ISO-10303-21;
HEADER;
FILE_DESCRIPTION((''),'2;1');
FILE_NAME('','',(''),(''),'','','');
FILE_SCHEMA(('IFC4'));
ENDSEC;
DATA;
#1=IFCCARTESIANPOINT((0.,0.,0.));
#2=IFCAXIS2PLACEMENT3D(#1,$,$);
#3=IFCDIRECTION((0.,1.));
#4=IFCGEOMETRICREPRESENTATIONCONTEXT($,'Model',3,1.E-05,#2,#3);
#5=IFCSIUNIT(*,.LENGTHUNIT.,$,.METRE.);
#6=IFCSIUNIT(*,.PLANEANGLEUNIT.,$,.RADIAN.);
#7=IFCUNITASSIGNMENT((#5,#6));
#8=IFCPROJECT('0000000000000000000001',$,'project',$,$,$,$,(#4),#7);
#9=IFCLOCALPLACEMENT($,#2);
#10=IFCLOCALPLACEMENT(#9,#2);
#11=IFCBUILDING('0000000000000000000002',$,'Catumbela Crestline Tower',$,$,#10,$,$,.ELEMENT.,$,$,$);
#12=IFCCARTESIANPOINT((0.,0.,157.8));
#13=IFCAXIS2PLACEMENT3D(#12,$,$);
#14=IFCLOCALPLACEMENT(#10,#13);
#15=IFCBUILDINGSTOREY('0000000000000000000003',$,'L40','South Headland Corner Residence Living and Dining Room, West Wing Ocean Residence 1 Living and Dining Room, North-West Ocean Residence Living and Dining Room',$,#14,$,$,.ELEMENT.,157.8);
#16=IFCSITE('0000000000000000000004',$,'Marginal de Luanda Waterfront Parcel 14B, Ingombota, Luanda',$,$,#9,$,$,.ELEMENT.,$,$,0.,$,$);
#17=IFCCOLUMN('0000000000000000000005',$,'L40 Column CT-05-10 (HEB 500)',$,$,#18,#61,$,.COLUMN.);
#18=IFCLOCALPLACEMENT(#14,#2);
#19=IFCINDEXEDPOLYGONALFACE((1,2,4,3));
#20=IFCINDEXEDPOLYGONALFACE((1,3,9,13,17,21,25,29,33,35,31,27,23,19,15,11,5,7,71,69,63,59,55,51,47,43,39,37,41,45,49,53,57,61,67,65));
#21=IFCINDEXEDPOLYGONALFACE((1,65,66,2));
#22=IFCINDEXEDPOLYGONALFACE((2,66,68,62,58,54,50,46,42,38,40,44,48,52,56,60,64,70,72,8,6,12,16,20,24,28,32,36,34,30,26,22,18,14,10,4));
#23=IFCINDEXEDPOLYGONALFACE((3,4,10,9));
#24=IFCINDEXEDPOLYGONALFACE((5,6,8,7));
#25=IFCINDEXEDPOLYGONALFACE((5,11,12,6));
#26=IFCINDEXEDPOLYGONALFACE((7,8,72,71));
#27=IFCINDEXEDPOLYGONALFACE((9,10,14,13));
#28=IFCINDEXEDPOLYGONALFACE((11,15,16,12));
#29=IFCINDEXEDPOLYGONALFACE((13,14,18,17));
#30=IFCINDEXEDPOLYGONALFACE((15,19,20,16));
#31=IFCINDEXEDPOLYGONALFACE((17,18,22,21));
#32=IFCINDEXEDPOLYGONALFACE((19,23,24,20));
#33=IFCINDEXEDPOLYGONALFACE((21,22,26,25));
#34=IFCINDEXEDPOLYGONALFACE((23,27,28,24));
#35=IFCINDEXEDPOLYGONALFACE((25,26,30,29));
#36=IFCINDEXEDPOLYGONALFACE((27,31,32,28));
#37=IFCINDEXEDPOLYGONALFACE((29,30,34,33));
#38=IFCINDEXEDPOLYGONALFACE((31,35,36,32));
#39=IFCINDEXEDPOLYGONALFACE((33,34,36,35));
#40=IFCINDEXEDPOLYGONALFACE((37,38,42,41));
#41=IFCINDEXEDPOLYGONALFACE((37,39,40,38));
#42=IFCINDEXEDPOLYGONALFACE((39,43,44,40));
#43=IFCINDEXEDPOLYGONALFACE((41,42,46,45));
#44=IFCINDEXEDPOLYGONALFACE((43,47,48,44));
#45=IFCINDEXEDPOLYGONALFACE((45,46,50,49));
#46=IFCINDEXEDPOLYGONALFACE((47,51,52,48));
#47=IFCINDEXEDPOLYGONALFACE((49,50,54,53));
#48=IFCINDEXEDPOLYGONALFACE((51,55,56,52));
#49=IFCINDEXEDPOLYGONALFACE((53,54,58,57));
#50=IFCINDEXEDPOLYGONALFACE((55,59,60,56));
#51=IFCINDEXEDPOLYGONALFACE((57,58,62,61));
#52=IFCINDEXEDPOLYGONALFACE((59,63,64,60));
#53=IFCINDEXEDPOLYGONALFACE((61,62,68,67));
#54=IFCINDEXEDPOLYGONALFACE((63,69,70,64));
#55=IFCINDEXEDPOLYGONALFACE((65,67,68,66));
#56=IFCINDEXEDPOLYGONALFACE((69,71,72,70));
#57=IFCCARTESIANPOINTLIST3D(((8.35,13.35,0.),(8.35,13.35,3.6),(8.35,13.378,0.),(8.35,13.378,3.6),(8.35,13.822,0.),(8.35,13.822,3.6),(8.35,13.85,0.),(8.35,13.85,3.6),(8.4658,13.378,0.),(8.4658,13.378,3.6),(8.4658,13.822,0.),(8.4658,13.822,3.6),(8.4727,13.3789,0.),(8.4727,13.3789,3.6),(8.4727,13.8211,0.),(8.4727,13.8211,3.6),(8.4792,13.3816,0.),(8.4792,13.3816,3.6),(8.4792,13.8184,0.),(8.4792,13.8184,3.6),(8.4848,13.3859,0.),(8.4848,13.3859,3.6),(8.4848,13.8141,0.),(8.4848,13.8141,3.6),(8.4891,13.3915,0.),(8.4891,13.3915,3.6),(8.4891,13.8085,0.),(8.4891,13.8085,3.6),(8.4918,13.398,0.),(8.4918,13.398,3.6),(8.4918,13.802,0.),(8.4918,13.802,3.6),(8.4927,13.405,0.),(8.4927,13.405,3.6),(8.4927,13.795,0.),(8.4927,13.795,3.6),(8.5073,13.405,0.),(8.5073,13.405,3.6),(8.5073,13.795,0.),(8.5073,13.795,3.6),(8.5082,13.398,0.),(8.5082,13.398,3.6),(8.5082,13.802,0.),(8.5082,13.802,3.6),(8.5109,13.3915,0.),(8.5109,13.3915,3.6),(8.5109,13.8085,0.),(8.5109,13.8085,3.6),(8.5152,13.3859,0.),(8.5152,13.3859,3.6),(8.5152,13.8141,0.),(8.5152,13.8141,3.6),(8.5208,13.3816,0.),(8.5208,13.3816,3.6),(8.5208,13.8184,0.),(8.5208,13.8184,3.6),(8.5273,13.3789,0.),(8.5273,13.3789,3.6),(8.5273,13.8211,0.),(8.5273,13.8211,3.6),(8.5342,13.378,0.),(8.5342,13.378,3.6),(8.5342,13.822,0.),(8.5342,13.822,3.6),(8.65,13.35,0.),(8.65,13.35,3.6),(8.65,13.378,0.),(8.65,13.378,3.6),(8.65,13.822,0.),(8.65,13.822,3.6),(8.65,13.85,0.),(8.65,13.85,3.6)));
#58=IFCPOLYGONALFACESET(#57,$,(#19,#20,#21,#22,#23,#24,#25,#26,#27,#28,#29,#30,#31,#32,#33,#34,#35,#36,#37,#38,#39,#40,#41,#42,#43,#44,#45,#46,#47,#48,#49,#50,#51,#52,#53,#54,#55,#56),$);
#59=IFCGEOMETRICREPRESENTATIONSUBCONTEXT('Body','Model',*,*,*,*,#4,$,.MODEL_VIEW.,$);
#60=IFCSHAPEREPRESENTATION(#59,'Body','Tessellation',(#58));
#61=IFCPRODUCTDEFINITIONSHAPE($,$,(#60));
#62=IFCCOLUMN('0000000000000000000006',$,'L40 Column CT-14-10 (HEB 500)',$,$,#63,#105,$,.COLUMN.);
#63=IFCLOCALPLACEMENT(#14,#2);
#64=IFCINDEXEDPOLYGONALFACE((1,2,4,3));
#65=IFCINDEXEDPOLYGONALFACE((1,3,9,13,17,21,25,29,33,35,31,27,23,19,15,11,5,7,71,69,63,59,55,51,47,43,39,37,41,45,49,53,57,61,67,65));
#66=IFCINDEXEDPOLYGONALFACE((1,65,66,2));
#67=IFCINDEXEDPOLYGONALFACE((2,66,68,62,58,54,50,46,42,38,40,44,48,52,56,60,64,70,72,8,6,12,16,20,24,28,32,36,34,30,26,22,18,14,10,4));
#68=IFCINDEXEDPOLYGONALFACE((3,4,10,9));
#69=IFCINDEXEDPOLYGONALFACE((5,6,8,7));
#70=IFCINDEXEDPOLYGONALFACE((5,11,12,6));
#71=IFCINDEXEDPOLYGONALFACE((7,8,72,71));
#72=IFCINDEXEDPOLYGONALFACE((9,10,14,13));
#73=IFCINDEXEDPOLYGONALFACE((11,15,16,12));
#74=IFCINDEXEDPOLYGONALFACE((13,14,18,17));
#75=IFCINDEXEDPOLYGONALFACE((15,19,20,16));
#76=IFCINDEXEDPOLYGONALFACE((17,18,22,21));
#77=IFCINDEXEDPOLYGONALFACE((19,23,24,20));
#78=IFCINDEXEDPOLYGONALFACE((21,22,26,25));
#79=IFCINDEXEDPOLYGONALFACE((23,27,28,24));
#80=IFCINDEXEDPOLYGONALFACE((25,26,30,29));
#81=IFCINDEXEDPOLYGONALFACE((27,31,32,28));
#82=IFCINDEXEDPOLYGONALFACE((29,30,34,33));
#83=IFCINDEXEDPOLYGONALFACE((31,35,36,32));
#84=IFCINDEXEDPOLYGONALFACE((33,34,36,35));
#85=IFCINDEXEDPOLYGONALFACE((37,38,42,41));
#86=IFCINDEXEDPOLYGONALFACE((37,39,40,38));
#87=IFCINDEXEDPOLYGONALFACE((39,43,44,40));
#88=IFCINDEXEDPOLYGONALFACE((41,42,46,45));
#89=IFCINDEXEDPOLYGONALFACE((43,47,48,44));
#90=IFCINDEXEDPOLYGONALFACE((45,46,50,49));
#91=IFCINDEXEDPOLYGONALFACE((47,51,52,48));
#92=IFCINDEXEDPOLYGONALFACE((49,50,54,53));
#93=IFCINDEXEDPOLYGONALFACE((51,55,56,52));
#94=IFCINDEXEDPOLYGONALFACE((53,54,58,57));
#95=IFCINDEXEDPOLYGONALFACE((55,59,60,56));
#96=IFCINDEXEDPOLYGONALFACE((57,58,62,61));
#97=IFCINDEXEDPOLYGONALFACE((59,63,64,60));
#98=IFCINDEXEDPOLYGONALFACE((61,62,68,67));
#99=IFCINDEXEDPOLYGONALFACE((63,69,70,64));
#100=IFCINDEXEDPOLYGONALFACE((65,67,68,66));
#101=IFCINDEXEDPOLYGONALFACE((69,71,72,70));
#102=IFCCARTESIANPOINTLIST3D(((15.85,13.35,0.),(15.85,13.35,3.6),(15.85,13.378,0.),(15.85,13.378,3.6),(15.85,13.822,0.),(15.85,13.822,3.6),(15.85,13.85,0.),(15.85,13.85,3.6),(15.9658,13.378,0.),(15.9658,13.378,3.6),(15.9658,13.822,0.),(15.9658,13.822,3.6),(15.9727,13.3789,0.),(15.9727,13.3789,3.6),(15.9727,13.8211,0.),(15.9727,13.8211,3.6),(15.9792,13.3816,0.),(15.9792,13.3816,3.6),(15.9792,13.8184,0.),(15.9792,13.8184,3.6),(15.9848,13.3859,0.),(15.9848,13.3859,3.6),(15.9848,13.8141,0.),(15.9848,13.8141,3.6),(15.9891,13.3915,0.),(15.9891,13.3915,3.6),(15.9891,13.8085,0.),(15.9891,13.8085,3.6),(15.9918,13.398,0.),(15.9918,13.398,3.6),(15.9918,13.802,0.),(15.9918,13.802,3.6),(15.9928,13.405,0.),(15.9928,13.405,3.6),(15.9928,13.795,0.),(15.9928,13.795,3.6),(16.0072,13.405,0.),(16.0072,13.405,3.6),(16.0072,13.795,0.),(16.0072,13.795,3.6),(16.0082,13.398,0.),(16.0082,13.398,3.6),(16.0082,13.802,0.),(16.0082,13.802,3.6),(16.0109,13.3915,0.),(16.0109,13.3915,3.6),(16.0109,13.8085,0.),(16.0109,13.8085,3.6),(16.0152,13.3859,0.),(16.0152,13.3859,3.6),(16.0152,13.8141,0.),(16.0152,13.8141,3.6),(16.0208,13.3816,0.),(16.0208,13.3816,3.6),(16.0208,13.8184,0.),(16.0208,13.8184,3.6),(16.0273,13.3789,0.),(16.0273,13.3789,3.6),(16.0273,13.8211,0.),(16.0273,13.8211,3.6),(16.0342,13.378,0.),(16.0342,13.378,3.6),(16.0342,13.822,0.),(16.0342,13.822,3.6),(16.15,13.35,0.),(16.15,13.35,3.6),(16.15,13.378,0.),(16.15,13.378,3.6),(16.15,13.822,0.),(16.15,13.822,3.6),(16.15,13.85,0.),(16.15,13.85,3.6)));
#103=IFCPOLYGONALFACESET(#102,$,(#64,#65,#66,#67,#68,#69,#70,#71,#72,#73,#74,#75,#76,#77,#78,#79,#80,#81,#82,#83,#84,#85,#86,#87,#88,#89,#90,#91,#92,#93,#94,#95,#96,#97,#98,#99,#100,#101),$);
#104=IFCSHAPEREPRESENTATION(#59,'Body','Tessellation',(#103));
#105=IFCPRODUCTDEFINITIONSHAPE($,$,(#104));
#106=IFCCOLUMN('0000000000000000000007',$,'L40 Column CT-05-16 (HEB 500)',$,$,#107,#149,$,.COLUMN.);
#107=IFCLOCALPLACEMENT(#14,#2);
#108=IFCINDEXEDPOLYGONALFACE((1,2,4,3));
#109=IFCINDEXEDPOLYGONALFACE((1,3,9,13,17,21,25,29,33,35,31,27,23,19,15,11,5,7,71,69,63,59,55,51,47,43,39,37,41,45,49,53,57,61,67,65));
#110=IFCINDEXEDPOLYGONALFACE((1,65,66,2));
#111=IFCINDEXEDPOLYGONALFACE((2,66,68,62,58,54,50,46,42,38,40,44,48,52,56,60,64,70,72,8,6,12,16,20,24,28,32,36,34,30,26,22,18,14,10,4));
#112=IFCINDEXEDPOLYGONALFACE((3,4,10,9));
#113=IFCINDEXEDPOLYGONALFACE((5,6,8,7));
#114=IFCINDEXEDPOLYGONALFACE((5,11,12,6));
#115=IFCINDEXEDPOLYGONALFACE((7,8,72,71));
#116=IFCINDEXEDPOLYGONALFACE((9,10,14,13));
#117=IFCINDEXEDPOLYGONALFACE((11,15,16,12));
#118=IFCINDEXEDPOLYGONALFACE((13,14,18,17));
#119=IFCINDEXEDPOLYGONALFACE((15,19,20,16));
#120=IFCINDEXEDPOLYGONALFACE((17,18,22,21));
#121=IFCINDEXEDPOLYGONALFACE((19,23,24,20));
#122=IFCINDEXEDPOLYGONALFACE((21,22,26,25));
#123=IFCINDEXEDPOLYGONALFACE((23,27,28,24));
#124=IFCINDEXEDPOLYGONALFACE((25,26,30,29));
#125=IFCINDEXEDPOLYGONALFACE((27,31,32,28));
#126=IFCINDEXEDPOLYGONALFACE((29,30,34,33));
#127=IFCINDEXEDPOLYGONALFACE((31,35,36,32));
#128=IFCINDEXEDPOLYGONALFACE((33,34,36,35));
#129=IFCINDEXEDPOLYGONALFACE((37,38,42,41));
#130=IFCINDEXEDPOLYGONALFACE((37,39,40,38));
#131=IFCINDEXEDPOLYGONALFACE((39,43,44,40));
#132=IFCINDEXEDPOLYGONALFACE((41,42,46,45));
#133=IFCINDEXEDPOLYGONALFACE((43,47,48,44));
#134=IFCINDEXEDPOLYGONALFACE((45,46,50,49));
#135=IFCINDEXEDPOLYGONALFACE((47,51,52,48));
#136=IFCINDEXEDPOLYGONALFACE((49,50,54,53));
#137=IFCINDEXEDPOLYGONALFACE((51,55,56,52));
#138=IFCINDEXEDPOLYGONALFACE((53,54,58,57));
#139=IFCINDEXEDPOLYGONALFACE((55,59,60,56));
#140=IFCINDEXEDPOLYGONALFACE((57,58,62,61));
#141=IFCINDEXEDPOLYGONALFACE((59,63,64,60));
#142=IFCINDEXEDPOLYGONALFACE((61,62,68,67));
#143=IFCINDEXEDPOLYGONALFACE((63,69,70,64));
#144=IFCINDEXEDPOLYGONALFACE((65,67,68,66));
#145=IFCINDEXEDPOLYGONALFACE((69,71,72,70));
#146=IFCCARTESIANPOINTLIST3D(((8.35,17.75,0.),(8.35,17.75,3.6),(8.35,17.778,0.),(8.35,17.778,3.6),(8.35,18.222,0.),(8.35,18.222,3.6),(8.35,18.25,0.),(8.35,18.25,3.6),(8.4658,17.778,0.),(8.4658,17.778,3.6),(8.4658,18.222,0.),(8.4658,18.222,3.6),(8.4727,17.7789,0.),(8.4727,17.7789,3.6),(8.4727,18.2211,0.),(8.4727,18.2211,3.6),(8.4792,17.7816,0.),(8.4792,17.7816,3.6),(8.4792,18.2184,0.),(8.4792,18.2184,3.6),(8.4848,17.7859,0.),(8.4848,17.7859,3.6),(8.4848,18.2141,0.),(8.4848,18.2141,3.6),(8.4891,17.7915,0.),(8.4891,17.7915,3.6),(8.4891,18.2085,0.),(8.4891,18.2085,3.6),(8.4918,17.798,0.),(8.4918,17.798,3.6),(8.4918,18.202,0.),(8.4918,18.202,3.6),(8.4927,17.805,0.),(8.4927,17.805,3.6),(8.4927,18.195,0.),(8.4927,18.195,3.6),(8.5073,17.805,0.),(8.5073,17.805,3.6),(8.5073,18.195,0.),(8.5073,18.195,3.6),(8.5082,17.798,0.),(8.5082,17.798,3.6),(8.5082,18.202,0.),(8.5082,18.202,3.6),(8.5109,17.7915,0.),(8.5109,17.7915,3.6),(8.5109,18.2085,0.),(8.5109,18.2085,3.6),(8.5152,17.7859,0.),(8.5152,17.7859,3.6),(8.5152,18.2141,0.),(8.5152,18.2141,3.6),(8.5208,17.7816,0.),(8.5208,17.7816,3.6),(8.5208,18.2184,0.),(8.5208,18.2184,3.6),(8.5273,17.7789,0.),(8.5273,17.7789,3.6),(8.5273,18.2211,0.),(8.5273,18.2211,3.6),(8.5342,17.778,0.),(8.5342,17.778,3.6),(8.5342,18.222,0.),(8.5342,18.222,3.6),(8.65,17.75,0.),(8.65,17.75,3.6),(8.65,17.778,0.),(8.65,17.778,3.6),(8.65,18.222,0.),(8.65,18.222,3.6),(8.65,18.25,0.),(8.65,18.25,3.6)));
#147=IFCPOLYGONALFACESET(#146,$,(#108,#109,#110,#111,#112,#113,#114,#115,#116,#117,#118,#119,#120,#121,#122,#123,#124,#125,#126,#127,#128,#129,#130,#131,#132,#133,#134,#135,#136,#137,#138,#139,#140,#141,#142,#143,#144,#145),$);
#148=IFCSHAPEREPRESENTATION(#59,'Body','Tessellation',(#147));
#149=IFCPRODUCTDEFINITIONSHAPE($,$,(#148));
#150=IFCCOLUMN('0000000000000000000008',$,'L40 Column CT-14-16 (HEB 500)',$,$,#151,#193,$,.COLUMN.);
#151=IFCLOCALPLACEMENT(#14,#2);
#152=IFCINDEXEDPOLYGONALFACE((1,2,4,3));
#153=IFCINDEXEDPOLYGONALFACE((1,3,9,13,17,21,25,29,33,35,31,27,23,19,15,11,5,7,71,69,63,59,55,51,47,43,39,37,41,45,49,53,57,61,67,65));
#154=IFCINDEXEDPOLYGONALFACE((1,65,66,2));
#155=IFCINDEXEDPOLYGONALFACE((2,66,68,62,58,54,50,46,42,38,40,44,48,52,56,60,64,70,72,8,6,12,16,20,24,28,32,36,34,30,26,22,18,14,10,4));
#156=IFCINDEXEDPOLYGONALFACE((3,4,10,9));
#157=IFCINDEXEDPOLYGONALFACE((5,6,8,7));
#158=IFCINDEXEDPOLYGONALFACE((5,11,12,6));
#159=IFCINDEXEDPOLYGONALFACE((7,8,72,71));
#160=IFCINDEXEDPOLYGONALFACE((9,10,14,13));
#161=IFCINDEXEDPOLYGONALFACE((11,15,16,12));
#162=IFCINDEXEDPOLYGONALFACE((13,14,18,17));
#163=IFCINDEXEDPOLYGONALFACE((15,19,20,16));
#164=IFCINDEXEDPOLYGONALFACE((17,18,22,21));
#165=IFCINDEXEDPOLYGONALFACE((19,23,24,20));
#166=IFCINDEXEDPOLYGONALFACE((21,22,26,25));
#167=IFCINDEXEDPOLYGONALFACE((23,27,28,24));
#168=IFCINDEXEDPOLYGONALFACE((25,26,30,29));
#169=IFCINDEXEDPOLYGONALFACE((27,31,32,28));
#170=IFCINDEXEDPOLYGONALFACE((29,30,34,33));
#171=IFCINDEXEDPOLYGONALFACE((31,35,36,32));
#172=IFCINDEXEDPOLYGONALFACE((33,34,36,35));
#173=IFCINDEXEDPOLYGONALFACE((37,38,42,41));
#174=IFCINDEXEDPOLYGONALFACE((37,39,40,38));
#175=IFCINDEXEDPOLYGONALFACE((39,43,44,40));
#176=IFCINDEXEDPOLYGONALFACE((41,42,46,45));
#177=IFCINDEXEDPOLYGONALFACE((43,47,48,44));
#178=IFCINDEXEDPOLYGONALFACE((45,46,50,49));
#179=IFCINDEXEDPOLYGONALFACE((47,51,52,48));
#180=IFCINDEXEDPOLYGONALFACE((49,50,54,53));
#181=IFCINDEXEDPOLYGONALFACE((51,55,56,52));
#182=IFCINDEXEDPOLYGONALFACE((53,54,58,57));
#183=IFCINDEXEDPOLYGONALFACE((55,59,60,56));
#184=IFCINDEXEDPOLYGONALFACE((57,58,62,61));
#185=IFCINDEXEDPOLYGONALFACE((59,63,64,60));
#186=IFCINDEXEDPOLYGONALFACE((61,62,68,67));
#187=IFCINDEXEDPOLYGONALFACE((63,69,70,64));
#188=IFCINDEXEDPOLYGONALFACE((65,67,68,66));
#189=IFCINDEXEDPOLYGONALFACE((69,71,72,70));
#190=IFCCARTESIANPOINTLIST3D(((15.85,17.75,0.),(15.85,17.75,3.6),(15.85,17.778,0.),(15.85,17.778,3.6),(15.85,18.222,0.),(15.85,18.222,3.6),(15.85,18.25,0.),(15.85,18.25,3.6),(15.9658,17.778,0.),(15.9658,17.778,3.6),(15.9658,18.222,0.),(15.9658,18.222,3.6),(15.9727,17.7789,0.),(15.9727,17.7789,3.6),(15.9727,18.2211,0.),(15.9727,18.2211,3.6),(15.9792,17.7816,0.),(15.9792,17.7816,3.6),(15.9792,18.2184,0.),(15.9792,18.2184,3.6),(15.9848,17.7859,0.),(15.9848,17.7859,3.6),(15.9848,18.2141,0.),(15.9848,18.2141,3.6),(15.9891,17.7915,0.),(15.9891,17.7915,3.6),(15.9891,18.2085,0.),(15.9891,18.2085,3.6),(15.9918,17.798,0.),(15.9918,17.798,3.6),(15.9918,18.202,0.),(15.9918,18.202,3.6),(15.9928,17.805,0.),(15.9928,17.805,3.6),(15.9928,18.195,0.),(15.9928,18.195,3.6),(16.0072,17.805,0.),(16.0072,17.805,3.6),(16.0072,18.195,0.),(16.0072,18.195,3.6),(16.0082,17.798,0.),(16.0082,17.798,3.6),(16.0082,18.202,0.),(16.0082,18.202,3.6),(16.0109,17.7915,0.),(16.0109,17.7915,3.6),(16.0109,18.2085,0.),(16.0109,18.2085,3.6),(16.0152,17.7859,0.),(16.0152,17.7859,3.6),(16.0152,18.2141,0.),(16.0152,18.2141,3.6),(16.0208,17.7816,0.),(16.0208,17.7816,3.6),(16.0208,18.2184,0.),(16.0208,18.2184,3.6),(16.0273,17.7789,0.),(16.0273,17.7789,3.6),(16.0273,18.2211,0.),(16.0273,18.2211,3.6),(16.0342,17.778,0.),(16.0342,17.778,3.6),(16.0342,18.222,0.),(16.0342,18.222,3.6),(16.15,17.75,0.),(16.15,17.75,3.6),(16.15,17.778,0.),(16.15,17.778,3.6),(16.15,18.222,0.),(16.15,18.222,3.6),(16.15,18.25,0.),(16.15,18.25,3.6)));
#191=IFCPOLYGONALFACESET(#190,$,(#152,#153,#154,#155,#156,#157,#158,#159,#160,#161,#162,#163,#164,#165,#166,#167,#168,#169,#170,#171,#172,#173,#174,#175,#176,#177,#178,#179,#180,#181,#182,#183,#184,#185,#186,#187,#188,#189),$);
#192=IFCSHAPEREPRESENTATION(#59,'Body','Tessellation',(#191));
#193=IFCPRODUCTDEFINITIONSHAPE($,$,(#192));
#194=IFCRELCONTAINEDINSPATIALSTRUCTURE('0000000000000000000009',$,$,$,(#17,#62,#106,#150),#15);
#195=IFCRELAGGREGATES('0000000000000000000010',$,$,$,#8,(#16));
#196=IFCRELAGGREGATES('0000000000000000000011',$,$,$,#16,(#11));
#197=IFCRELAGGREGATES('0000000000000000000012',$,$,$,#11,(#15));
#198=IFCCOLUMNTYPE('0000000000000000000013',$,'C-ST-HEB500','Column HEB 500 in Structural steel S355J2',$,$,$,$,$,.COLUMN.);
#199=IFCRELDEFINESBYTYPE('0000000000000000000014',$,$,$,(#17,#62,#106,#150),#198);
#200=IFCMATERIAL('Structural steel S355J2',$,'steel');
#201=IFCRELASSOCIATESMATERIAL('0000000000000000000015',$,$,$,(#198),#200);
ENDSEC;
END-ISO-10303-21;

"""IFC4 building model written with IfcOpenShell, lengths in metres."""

from ifc_helpers import new_model, si_unit, direction, frame, origin, origin_2d, place, context, subcontext, project, spatial, i_section, extrude, material, material_profile, profile_set, type_object, element, save


model = new_model("IFC4")

# Units and contexts
model_context = context("Model", 3, precision=1e-05, world=origin(), true_north=direction((0.0, 1.0)))
body_context = subcontext(model_context, "Body", "Model", "MODEL_VIEW")
ifc_project = project(units=[si_unit("LENGTHUNIT", "METRE"), si_unit("PLANEANGLEUNIT", "RADIAN")], contexts=[model_context])

# Site, building, storey
site_placement = place(None, origin())
site = spatial("IfcSite", under=ifc_project, at=site_placement, Name="Marginal de Luanda Waterfront Parcel 14B, Ingombota, Luanda", CompositionType="ELEMENT", RefElevation=0.0)
building_placement = place(site_placement, origin())
building = spatial("IfcBuilding", under=site, at=building_placement, Name="Catumbela Crestline Tower", CompositionType="ELEMENT")
storey_placement = place(building_placement, frame((0.0, 0.0, 157.8)))
storey = spatial("IfcBuildingStorey", under=building, at=storey_placement, Name="L40", Description="South Headland Corner Residence Living and Dining Room, West Wing Ocean Residence 1 Living and Dining Room, North-West Ocean Residence Living and Dining Room", CompositionType="ELEMENT", Elevation=157.8)

# Columns
ifc_material_1 = material(Name="Structural steel S355J2", Category="steel")
ifc_material_profile_1 = material_profile(ifc_material_1, i_section(OverallWidth=0.3, OverallDepth=0.5, WebThickness=0.0145, FlangeThickness=0.028, FilletRadius=0.027, at=origin_2d()), Name="HEB 500")
ifc_profile_set_1 = profile_set([ifc_material_profile_1], Name="Structural steel S355J2")
column_type = type_object("IfcColumnType", Name="C-ST-HEB500", Description="Column HEB 500 in Structural steel S355J2", PredefinedType="COLUMN", material=ifc_profile_set_1)
for number, where, z_axis, x_axis, name in (
    (1, (8.5, 13.6, 0.0), (0.0, 0.0, 1.0), (1.0, 0.0, 0.0), "L40 Column CT-05-10 (HEB 500)"),
    (2, (16.0, 13.6, 0.0), (0.0, 0.0, 1.0), (1.0, 0.0, 0.0), "L40 Column CT-14-10 (HEB 500)"),
    (3, (8.5, 18.0, 0.0), (0.0, 0.0, 1.0), (1.0, 0.0, 0.0), "L40 Column CT-05-16 (HEB 500)"),
    (4, (16.0, 18.0, 0.0), (0.0, 0.0, 1.0), (1.0, 0.0, 0.0), "L40 Column CT-14-16 (HEB 500)"),
):
    element("IfcColumn", number, at=place(storey_placement, frame(where, z_axis=z_axis, x_axis=x_axis)), inside=storey, type_object=column_type, Name=name, PredefinedType="COLUMN", context=body_context, shape_type="SweptSolid", body=[
        extrude(i_section(OverallWidth=0.3, OverallDepth=0.5, WebThickness=0.0145, FlangeThickness=0.028, FilletRadius=0.027, at=origin_2d()), origin(), (0.0, 0.0, 1.0), 3.6),
    ])

save(model, "model.ifc")
